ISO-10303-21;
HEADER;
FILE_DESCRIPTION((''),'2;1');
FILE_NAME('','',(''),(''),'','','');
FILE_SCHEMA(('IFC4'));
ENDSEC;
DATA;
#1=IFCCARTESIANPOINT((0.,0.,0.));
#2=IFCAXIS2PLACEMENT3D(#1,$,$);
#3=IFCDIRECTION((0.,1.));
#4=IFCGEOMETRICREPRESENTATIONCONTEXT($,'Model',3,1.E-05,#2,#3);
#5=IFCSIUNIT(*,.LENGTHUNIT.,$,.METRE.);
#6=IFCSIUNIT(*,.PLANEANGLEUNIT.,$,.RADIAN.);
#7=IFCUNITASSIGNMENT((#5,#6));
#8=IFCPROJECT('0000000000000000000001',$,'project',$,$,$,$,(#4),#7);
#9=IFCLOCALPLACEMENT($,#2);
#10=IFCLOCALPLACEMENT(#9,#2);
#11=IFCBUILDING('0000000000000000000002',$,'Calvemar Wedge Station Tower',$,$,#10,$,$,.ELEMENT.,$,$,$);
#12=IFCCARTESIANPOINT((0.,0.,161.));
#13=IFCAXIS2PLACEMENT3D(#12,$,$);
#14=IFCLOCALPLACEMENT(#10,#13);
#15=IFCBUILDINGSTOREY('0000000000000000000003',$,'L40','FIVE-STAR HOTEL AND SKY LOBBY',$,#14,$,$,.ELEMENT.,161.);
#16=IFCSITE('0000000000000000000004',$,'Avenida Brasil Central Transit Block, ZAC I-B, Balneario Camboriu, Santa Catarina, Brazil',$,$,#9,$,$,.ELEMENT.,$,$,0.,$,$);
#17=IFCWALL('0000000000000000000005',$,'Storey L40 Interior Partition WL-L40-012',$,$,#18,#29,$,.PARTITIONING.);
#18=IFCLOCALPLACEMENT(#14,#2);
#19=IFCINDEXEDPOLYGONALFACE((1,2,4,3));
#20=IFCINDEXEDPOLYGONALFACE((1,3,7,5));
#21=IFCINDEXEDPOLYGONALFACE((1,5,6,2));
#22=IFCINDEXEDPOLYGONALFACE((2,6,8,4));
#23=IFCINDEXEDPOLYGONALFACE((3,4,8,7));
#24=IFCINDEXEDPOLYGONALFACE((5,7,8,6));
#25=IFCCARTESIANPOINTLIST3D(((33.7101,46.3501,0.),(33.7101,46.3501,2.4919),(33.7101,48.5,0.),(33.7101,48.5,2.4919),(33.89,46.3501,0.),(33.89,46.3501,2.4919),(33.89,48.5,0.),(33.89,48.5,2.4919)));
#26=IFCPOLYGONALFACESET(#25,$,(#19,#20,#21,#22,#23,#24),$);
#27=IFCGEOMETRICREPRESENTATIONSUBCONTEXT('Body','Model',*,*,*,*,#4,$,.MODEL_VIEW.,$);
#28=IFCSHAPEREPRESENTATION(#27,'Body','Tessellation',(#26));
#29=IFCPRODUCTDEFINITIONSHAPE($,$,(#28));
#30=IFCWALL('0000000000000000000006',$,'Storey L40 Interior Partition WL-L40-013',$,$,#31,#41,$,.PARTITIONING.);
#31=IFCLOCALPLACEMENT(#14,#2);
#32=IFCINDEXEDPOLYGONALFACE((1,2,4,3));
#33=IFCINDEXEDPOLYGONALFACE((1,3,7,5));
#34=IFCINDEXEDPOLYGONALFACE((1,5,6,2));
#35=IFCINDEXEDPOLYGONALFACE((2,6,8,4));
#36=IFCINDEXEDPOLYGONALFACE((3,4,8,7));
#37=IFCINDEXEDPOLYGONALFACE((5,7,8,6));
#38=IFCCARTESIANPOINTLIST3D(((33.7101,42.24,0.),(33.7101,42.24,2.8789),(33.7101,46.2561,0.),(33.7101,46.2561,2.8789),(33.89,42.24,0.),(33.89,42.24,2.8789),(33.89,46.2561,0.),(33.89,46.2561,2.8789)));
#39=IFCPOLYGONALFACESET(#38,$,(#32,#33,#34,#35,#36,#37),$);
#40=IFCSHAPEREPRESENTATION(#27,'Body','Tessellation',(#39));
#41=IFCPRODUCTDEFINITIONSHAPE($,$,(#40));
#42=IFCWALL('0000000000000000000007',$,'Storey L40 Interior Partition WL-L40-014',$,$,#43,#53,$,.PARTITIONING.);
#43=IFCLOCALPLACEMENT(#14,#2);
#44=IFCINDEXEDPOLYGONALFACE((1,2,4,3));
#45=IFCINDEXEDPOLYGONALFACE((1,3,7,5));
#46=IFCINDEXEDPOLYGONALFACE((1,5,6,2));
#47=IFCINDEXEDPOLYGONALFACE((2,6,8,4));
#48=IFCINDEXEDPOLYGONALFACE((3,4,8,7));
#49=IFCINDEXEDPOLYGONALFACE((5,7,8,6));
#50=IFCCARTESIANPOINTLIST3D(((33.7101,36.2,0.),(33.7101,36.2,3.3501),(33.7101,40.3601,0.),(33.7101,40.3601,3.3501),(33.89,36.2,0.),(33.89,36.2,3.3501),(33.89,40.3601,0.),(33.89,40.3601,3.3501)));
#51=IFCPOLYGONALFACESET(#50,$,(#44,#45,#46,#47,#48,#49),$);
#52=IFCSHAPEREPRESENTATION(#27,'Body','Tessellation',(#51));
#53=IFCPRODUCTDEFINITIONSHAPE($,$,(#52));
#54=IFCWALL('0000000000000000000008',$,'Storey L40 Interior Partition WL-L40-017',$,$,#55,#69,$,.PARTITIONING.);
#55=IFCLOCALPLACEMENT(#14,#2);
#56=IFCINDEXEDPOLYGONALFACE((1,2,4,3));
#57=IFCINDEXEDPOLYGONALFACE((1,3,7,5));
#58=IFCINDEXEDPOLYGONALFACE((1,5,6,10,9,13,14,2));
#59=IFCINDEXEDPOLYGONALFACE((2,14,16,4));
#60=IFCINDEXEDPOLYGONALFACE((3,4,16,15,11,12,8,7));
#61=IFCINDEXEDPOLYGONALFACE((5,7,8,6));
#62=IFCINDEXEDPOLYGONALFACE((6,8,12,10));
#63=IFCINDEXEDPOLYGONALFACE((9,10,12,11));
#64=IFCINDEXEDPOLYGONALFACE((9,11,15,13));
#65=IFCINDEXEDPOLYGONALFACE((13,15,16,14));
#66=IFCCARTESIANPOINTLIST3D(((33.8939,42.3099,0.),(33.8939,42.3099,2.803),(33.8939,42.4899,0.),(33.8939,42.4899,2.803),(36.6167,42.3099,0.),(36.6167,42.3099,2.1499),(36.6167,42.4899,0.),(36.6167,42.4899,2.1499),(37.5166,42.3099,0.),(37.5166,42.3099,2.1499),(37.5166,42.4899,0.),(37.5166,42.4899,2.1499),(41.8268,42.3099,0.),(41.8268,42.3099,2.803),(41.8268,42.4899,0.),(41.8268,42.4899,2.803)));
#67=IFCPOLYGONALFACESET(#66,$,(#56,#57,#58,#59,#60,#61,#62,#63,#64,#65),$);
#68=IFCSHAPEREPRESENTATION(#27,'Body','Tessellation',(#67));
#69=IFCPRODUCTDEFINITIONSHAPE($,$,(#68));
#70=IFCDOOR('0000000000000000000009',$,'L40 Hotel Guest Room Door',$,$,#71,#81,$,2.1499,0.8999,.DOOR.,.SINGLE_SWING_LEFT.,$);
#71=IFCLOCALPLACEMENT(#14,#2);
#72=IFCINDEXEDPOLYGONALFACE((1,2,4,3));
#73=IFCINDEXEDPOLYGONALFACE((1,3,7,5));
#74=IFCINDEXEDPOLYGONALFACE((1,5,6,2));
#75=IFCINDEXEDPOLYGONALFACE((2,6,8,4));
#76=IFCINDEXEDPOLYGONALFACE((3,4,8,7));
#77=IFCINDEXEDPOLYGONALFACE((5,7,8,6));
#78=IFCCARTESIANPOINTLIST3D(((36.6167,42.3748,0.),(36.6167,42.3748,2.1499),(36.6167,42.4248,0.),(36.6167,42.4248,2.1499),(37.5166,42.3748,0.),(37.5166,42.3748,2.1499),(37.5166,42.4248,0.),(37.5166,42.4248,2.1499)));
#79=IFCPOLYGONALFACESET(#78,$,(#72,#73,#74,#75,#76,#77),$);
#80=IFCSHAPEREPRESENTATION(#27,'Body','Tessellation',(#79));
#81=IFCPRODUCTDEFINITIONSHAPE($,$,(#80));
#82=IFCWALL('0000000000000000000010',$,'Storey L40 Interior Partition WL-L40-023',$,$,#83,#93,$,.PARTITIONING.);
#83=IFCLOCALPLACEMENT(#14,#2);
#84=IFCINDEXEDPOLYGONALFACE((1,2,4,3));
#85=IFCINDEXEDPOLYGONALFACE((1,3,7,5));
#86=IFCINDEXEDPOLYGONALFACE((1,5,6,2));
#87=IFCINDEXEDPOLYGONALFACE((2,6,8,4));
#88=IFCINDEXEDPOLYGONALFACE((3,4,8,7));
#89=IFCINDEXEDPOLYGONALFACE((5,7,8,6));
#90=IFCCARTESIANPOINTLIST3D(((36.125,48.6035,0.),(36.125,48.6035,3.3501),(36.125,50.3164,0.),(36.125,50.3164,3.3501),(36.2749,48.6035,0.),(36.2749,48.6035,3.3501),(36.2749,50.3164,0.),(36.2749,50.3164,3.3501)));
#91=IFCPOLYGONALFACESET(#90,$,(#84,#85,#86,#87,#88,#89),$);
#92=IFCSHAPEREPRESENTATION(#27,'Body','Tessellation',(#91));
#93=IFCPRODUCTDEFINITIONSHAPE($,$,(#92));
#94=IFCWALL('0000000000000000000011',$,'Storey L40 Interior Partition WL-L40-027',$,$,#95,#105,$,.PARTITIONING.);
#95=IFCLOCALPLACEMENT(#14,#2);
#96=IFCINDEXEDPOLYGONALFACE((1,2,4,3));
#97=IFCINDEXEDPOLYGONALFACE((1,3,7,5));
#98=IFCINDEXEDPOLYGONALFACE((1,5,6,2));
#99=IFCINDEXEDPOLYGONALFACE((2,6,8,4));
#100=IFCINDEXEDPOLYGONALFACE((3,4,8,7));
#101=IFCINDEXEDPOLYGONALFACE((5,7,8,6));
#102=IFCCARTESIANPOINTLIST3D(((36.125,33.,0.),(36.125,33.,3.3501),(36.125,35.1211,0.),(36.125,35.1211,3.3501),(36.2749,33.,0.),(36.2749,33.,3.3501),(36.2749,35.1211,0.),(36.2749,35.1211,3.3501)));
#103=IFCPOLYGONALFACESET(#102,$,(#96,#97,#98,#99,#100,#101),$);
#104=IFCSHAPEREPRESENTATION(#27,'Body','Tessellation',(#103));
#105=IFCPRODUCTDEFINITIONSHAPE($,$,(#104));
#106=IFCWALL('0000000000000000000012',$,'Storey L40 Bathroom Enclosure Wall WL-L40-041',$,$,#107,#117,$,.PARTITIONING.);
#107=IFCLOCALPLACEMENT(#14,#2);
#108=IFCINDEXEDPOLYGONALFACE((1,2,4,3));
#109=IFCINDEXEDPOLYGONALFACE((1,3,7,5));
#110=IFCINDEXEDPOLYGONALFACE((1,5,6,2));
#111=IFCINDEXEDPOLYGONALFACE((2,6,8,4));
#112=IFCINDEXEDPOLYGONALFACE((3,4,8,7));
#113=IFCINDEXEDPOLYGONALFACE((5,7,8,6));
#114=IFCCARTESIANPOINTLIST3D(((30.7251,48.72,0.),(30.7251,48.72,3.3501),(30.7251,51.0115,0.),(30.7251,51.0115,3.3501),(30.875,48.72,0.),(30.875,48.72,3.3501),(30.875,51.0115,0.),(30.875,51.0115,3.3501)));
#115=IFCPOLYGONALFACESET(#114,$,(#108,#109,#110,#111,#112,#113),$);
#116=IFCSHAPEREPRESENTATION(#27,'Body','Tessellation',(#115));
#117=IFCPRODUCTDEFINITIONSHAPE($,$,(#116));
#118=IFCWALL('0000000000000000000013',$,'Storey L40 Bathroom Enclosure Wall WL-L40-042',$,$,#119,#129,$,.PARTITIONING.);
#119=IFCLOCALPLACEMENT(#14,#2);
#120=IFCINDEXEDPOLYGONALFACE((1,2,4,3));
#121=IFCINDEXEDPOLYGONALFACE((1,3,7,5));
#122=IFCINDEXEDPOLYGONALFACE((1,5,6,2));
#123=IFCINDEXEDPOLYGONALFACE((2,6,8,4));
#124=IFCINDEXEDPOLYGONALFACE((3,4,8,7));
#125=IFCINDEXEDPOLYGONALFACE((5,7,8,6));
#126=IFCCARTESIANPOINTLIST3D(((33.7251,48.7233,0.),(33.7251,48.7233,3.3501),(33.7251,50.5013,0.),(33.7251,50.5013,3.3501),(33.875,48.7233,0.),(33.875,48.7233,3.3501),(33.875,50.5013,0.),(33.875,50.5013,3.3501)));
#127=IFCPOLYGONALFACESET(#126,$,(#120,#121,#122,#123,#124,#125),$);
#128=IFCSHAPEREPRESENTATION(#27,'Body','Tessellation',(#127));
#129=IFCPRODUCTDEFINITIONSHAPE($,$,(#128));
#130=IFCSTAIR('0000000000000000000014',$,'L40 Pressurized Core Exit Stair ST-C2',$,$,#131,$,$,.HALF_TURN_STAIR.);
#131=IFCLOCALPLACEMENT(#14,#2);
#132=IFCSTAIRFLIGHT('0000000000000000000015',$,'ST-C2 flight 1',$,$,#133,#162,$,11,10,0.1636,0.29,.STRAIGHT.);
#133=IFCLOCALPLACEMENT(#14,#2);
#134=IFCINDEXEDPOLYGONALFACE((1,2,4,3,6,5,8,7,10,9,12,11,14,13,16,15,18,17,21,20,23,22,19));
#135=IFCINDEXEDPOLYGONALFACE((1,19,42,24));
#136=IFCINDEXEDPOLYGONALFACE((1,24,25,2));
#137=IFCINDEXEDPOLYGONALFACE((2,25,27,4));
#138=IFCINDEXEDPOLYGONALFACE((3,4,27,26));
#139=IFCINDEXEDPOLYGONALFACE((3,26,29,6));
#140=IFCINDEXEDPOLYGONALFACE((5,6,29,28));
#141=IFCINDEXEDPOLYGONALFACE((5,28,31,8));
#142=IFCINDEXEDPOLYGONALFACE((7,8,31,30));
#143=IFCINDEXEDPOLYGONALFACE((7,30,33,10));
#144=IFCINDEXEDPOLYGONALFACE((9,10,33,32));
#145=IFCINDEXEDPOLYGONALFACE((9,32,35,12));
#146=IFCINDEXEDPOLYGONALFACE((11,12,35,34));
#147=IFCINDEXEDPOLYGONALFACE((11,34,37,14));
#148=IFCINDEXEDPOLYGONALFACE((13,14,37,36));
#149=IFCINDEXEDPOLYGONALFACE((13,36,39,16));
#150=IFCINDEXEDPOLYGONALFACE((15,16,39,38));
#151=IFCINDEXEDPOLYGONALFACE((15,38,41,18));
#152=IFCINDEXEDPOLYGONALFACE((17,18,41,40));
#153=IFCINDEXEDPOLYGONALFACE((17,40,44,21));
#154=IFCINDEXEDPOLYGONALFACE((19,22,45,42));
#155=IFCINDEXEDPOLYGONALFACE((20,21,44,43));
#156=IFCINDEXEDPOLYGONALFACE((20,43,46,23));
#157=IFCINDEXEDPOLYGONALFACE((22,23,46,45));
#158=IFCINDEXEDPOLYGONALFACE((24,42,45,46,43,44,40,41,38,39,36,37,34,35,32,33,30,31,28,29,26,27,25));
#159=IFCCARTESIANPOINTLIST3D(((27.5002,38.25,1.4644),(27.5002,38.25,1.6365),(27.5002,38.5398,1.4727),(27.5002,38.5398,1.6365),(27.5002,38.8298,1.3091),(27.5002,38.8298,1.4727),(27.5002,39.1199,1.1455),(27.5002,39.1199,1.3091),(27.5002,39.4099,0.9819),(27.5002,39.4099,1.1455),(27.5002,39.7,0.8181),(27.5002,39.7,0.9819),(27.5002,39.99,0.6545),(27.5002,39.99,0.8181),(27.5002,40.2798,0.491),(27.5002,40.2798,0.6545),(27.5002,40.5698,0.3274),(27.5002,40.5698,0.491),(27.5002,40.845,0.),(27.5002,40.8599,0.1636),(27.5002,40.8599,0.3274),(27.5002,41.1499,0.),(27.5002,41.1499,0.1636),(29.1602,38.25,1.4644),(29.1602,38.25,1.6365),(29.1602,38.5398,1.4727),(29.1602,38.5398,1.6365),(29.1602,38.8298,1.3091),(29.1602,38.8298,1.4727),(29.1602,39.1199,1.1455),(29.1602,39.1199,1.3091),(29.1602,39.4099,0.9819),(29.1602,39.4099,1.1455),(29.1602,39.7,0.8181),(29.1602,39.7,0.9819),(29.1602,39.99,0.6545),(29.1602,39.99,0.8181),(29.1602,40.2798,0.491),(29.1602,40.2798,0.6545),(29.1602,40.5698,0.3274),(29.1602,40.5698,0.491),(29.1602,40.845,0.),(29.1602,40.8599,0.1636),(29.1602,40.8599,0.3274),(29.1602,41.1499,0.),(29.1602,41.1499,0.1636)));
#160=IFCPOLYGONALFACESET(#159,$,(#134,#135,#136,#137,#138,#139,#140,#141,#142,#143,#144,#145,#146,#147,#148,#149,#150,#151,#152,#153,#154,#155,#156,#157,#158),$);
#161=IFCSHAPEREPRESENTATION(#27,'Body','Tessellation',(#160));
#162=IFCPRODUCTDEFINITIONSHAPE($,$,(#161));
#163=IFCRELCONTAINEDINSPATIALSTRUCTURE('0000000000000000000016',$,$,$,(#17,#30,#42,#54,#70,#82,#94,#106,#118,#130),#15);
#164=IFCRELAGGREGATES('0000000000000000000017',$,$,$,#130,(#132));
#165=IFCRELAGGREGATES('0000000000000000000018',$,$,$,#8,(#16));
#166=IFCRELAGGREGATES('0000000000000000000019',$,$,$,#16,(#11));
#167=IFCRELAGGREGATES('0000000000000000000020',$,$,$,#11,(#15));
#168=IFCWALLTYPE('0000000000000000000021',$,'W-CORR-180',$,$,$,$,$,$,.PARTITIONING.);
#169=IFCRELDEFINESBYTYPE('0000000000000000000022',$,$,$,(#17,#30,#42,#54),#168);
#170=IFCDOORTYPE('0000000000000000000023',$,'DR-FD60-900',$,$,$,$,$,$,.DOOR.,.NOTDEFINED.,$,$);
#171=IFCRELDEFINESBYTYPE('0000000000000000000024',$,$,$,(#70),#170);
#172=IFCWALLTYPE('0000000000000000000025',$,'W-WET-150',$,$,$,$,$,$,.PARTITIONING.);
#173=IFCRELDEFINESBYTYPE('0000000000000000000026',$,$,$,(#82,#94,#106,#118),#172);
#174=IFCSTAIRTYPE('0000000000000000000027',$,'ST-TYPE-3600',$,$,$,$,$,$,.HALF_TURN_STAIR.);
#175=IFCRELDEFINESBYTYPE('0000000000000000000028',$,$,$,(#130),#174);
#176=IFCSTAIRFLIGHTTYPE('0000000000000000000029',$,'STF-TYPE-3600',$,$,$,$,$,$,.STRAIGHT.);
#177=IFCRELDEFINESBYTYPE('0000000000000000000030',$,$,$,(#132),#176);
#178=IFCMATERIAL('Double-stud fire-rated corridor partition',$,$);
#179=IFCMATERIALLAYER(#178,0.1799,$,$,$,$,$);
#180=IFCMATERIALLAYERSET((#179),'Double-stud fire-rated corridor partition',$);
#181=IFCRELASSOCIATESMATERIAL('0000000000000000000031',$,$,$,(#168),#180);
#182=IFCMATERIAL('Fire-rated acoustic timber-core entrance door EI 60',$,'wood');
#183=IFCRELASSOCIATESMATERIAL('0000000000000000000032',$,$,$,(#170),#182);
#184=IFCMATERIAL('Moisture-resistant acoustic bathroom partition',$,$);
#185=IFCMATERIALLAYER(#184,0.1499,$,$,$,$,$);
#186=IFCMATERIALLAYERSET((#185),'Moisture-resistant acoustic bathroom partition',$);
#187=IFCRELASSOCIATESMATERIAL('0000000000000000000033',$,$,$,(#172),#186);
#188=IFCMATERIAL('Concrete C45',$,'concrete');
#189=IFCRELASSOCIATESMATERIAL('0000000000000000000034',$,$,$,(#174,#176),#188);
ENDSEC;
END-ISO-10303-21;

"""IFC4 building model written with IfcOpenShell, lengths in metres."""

from ifc_helpers import new_model, si_unit, direction, frame, frame_2d, origin, place, context, subcontext, project, spatial, polyline, rectangle, outline, extrude, source, transform, mapped, material, layer, layer_set, type_object, element, fill, aggregate, save


model = new_model("IFC4")

# Units and contexts
model_context = context("Model", 3, precision=1e-05, world=origin(), true_north=direction((0.0, 1.0)))
body_context = subcontext(model_context, "Body", "Model", "MODEL_VIEW")
ifc_project = project(units=[si_unit("LENGTHUNIT", "METRE"), si_unit("PLANEANGLEUNIT", "RADIAN")], contexts=[model_context])

# Site, building, storey
site_placement = place(None, origin())
site = spatial("IfcSite", under=ifc_project, at=site_placement, Name="Avenida Brasil Central Transit Block, ZAC I-B, Balneario Camboriu, Santa Catarina, Brazil", CompositionType="ELEMENT", RefElevation=0.0)
building_placement = place(site_placement, origin())
building = spatial("IfcBuilding", under=site, at=building_placement, Name="Calvemar Wedge Station Tower", CompositionType="ELEMENT")
storey_placement = place(building_placement, frame((0.0, 0.0, 161.0)))
storey = spatial("IfcBuildingStorey", under=building, at=storey_placement, Name="L40", Description="FIVE-STAR HOTEL AND SKY LOBBY", CompositionType="ELEMENT", Elevation=161.0)

# Walls
ifc_material_1 = material(Name="Double-stud fire-rated corridor partition")
ifc_layer_1 = layer(ifc_material_1, 0.1799)
ifc_layer_set_1 = layer_set([ifc_layer_1], Name="Double-stud fire-rated corridor partition")
wall_type_1 = type_object("IfcWallType", Name="W-CORR-180", PredefinedType="PARTITIONING", material=ifc_layer_set_1)
wall_1_placement = place(storey_placement, frame((33.8, 48.5, 0.0), z_axis=(0.0, 0.0, 1.0), x_axis=(0.0, -1.0, 0.0)))
element("IfcWall", 1, at=wall_1_placement, inside=storey, type_object=wall_type_1, Name="Storey L40 Interior Partition WL-L40-012", PredefinedType="PARTITIONING", context=body_context, shape_type="SweptSolid", body=[
    extrude(rectangle(XDim=2.1499, YDim=0.1799, at=frame_2d((1.075, 0.0))), origin(), (0.0, 0.0, 1.0), 2.4919),
])
wall_2_placement = place(storey_placement, frame((33.8, 46.2561, 0.0), z_axis=(0.0, 0.0, 1.0), x_axis=(0.0, -1.0, 0.0)))
element("IfcWall", 2, at=wall_2_placement, inside=storey, type_object=wall_type_1, Name="Storey L40 Interior Partition WL-L40-013", PredefinedType="PARTITIONING", context=body_context, shape_type="SweptSolid", body=[
    extrude(rectangle(XDim=4.0161, YDim=0.1799, at=frame_2d((2.0081, 0.0))), origin(), (0.0, 0.0, 1.0), 2.8789),
])
wall_3_placement = place(storey_placement, frame((33.8, 40.3601, 0.0), z_axis=(0.0, 0.0, 1.0), x_axis=(0.0, -1.0, 0.0)))
element("IfcWall", 3, at=wall_3_placement, inside=storey, type_object=wall_type_1, Name="Storey L40 Interior Partition WL-L40-014", PredefinedType="PARTITIONING", context=body_context, shape_type="SweptSolid", body=[
    extrude(rectangle(XDim=4.1602, YDim=0.1799, at=frame_2d((2.0801, 0.0))), origin(), (0.0, 0.0, 1.0), 3.3501),
])

# Wall, opening, door
wall_4_placement = place(storey_placement, frame((33.894, 42.3999, 0.0), z_axis=(0.0, 0.0, 1.0), x_axis=(1.0, 0.0, 0.0)))
wall_4 = element("IfcWall", 4, at=wall_4_placement, inside=storey, type_object=wall_type_1, Name="Storey L40 Interior Partition WL-L40-017", PredefinedType="PARTITIONING", context=body_context, shape_type="SweptSolid", body=[
    extrude(rectangle(XDim=7.9329, YDim=0.1799, at=frame_2d((3.9663, 0.0))), origin(), (0.0, 0.0, 1.0), 2.803),
])
shared_shape_1 = source(origin(), body_context, "Body", "SweptSolid", [
    extrude(rectangle(XDim=0.8999, YDim=2.1499, at=frame_2d((0.45, 1.075))), frame((0.0, 0.1001, 0.0), z_axis=(0.0, -1.0, 0.0), x_axis=(1.0, 0.0, 0.0)), (0.0, 0.0, 1.0), 0.2),
])
opening_1_placement = place(wall_4_placement, frame((2.7227, 0.0, 0.0)))
opening_1 = element("IfcOpeningElement", 5, at=opening_1_placement, cuts=wall_4, PredefinedType="OPENING", context=body_context, shape_type="MappedRepresentation", body=[
    mapped(shared_shape_1, transform((0.0, 0.0, 0.0), scale=1.0)),
])
ifc_material_2 = material(Name="Fire-rated acoustic timber-core entrance door EI 60", Category="wood")
door_type_1 = type_object("IfcDoorType", Name="DR-FD60-900", OperationType="NOTDEFINED", PredefinedType="DOOR", material=ifc_material_2)
shared_shape_2 = source(origin(), body_context, "Body", "SweptSolid", [
    extrude(rectangle(XDim=0.8999, YDim=2.1499, at=frame_2d((0.45, 1.075))), frame((0.0, 0.0249, 0.0), z_axis=(0.0, -1.0, 0.0), x_axis=(1.0, 0.0, 0.0)), (0.0, 0.0, 1.0), 0.05),
])
door_1_placement = place(opening_1_placement, origin())
door_1 = element("IfcDoor", 6, at=door_1_placement, inside=storey, type_object=door_type_1, Name="L40 Hotel Guest Room Door", OperationType="SINGLE_SWING_LEFT", OverallHeight=2.1499, OverallWidth=0.8999, PredefinedType="DOOR", context=body_context, shape_type="MappedRepresentation", body=[
    mapped(shared_shape_2, transform((0.0, 0.0, 0.0), scale=1.0)),
])
fill(opening_1, door_1)
ifc_material_3 = material(Name="Moisture-resistant acoustic bathroom partition")
ifc_layer_2 = layer(ifc_material_3, 0.1499)
ifc_layer_set_2 = layer_set([ifc_layer_2], Name="Moisture-resistant acoustic bathroom partition")
wall_type_2 = type_object("IfcWallType", Name="W-WET-150", PredefinedType="PARTITIONING", material=ifc_layer_set_2)

# Wall
wall_5_placement = place(storey_placement, frame((36.2, 50.3164, 0.0), z_axis=(0.0, 0.0, 1.0), x_axis=(0.0, -1.0, 0.0)))
element("IfcWall", 7, at=wall_5_placement, inside=storey, type_object=wall_type_2, Name="Storey L40 Interior Partition WL-L40-023", PredefinedType="PARTITIONING", context=body_context, shape_type="SweptSolid", body=[
    extrude(rectangle(XDim=1.7129, YDim=0.1499, at=frame_2d((0.8564, 0.0))), origin(), (0.0, 0.0, 1.0), 3.3501),
])

# Walls
wall_6_placement = place(storey_placement, frame((36.2, 35.1211, 0.0), z_axis=(0.0, 0.0, 1.0), x_axis=(0.0, -1.0, 0.0)))
element("IfcWall", 8, at=wall_6_placement, inside=storey, type_object=wall_type_2, Name="Storey L40 Interior Partition WL-L40-027", PredefinedType="PARTITIONING", context=body_context, shape_type="SweptSolid", body=[
    extrude(rectangle(XDim=2.1211, YDim=0.1499, at=frame_2d((1.0605, 0.0))), origin(), (0.0, 0.0, 1.0), 3.3501),
])
wall_7_placement = place(storey_placement, frame((30.8, 51.0115, 0.0), z_axis=(0.0, 0.0, 1.0), x_axis=(0.0, -1.0, 0.0)))
element("IfcWall", 9, at=wall_7_placement, inside=storey, type_object=wall_type_2, Name="Storey L40 Bathroom Enclosure Wall WL-L40-041", PredefinedType="PARTITIONING", context=body_context, shape_type="SweptSolid", body=[
    extrude(rectangle(XDim=2.2915, YDim=0.1499, at=frame_2d((1.1458, 0.0))), origin(), (0.0, 0.0, 1.0), 3.3501),
])
wall_8_placement = place(storey_placement, frame((33.8, 48.7231, 0.0), z_axis=(0.0, 0.0, 1.0), x_axis=(0.0, 1.0, 0.0)))
element("IfcWall", 10, at=wall_8_placement, inside=storey, type_object=wall_type_2, Name="Storey L40 Bathroom Enclosure Wall WL-L40-042", PredefinedType="PARTITIONING", context=body_context, shape_type="SweptSolid", body=[
    extrude(rectangle(XDim=1.7781, YDim=0.1499, at=frame_2d((0.8892, 0.0))), origin(), (0.0, 0.0, 1.0), 3.3501),
])

# Stair, stair flight
ifc_material_4 = material(Name="Concrete C45", Category="concrete")
stair_type = type_object("IfcStairType", Name="ST-TYPE-3600", PredefinedType="HALF_TURN_STAIR", material=ifc_material_4)
stair_placement = place(storey_placement, origin())
stair = element("IfcStair", 11, at=stair_placement, inside=storey, type_object=stair_type, Name="L40 Pressurized Core Exit Stair ST-C2", PredefinedType="HALF_TURN_STAIR")
stair_flight_type = type_object("IfcStairFlightType", Name="STF-TYPE-3600", PredefinedType="STRAIGHT", material=ifc_material_4)
stair_flight_1_placement = place(storey_placement, frame((28.3301, 41.1499, 0.0), z_axis=(0.0, 0.0, 1.0), x_axis=(0.0, -1.0, 0.0)))
stair_flight_1 = element("IfcStairFlight", 12, at=stair_flight_1_placement, type_object=stair_flight_type, Name="ST-C2 flight 1", NumberOfRisers=11, NumberOfTreads=10, PredefinedType="STRAIGHT", RiserHeight=0.1636, TreadLength=0.29, context=body_context, shape_type="SweptSolid", body=[
    extrude(outline(polyline([(0.0, 0.0), (0.0, 0.1636), (0.29, 0.1636), (0.29, 0.3274), (0.5801, 0.3274), (0.5801, 0.491), (0.8701, 0.491), (0.8701, 0.6545), (1.1599, 0.6545), (1.1599, 0.8181), (1.45, 0.8181), (1.45, 0.9819), (1.74, 0.9819), (1.74, 1.1455), (2.03, 1.1455), (2.03, 1.3091), (2.3201, 1.3091), (2.3201, 1.4727), (2.6101, 1.4727), (2.6101, 1.6365), (2.8999, 1.6365), (2.8999, 1.8), (2.8999, 1.4644), (0.3049, 0.0), (0.0, 0.0)])), frame((0.0, 0.8301, 0.0), z_axis=(0.0, -1.0, 0.0), x_axis=(1.0, 0.0, 0.0)), (0.0, 0.0, 1.0), 1.6599),
])
aggregate(stair, [stair_flight_1])

save(model, "model.ifc")
